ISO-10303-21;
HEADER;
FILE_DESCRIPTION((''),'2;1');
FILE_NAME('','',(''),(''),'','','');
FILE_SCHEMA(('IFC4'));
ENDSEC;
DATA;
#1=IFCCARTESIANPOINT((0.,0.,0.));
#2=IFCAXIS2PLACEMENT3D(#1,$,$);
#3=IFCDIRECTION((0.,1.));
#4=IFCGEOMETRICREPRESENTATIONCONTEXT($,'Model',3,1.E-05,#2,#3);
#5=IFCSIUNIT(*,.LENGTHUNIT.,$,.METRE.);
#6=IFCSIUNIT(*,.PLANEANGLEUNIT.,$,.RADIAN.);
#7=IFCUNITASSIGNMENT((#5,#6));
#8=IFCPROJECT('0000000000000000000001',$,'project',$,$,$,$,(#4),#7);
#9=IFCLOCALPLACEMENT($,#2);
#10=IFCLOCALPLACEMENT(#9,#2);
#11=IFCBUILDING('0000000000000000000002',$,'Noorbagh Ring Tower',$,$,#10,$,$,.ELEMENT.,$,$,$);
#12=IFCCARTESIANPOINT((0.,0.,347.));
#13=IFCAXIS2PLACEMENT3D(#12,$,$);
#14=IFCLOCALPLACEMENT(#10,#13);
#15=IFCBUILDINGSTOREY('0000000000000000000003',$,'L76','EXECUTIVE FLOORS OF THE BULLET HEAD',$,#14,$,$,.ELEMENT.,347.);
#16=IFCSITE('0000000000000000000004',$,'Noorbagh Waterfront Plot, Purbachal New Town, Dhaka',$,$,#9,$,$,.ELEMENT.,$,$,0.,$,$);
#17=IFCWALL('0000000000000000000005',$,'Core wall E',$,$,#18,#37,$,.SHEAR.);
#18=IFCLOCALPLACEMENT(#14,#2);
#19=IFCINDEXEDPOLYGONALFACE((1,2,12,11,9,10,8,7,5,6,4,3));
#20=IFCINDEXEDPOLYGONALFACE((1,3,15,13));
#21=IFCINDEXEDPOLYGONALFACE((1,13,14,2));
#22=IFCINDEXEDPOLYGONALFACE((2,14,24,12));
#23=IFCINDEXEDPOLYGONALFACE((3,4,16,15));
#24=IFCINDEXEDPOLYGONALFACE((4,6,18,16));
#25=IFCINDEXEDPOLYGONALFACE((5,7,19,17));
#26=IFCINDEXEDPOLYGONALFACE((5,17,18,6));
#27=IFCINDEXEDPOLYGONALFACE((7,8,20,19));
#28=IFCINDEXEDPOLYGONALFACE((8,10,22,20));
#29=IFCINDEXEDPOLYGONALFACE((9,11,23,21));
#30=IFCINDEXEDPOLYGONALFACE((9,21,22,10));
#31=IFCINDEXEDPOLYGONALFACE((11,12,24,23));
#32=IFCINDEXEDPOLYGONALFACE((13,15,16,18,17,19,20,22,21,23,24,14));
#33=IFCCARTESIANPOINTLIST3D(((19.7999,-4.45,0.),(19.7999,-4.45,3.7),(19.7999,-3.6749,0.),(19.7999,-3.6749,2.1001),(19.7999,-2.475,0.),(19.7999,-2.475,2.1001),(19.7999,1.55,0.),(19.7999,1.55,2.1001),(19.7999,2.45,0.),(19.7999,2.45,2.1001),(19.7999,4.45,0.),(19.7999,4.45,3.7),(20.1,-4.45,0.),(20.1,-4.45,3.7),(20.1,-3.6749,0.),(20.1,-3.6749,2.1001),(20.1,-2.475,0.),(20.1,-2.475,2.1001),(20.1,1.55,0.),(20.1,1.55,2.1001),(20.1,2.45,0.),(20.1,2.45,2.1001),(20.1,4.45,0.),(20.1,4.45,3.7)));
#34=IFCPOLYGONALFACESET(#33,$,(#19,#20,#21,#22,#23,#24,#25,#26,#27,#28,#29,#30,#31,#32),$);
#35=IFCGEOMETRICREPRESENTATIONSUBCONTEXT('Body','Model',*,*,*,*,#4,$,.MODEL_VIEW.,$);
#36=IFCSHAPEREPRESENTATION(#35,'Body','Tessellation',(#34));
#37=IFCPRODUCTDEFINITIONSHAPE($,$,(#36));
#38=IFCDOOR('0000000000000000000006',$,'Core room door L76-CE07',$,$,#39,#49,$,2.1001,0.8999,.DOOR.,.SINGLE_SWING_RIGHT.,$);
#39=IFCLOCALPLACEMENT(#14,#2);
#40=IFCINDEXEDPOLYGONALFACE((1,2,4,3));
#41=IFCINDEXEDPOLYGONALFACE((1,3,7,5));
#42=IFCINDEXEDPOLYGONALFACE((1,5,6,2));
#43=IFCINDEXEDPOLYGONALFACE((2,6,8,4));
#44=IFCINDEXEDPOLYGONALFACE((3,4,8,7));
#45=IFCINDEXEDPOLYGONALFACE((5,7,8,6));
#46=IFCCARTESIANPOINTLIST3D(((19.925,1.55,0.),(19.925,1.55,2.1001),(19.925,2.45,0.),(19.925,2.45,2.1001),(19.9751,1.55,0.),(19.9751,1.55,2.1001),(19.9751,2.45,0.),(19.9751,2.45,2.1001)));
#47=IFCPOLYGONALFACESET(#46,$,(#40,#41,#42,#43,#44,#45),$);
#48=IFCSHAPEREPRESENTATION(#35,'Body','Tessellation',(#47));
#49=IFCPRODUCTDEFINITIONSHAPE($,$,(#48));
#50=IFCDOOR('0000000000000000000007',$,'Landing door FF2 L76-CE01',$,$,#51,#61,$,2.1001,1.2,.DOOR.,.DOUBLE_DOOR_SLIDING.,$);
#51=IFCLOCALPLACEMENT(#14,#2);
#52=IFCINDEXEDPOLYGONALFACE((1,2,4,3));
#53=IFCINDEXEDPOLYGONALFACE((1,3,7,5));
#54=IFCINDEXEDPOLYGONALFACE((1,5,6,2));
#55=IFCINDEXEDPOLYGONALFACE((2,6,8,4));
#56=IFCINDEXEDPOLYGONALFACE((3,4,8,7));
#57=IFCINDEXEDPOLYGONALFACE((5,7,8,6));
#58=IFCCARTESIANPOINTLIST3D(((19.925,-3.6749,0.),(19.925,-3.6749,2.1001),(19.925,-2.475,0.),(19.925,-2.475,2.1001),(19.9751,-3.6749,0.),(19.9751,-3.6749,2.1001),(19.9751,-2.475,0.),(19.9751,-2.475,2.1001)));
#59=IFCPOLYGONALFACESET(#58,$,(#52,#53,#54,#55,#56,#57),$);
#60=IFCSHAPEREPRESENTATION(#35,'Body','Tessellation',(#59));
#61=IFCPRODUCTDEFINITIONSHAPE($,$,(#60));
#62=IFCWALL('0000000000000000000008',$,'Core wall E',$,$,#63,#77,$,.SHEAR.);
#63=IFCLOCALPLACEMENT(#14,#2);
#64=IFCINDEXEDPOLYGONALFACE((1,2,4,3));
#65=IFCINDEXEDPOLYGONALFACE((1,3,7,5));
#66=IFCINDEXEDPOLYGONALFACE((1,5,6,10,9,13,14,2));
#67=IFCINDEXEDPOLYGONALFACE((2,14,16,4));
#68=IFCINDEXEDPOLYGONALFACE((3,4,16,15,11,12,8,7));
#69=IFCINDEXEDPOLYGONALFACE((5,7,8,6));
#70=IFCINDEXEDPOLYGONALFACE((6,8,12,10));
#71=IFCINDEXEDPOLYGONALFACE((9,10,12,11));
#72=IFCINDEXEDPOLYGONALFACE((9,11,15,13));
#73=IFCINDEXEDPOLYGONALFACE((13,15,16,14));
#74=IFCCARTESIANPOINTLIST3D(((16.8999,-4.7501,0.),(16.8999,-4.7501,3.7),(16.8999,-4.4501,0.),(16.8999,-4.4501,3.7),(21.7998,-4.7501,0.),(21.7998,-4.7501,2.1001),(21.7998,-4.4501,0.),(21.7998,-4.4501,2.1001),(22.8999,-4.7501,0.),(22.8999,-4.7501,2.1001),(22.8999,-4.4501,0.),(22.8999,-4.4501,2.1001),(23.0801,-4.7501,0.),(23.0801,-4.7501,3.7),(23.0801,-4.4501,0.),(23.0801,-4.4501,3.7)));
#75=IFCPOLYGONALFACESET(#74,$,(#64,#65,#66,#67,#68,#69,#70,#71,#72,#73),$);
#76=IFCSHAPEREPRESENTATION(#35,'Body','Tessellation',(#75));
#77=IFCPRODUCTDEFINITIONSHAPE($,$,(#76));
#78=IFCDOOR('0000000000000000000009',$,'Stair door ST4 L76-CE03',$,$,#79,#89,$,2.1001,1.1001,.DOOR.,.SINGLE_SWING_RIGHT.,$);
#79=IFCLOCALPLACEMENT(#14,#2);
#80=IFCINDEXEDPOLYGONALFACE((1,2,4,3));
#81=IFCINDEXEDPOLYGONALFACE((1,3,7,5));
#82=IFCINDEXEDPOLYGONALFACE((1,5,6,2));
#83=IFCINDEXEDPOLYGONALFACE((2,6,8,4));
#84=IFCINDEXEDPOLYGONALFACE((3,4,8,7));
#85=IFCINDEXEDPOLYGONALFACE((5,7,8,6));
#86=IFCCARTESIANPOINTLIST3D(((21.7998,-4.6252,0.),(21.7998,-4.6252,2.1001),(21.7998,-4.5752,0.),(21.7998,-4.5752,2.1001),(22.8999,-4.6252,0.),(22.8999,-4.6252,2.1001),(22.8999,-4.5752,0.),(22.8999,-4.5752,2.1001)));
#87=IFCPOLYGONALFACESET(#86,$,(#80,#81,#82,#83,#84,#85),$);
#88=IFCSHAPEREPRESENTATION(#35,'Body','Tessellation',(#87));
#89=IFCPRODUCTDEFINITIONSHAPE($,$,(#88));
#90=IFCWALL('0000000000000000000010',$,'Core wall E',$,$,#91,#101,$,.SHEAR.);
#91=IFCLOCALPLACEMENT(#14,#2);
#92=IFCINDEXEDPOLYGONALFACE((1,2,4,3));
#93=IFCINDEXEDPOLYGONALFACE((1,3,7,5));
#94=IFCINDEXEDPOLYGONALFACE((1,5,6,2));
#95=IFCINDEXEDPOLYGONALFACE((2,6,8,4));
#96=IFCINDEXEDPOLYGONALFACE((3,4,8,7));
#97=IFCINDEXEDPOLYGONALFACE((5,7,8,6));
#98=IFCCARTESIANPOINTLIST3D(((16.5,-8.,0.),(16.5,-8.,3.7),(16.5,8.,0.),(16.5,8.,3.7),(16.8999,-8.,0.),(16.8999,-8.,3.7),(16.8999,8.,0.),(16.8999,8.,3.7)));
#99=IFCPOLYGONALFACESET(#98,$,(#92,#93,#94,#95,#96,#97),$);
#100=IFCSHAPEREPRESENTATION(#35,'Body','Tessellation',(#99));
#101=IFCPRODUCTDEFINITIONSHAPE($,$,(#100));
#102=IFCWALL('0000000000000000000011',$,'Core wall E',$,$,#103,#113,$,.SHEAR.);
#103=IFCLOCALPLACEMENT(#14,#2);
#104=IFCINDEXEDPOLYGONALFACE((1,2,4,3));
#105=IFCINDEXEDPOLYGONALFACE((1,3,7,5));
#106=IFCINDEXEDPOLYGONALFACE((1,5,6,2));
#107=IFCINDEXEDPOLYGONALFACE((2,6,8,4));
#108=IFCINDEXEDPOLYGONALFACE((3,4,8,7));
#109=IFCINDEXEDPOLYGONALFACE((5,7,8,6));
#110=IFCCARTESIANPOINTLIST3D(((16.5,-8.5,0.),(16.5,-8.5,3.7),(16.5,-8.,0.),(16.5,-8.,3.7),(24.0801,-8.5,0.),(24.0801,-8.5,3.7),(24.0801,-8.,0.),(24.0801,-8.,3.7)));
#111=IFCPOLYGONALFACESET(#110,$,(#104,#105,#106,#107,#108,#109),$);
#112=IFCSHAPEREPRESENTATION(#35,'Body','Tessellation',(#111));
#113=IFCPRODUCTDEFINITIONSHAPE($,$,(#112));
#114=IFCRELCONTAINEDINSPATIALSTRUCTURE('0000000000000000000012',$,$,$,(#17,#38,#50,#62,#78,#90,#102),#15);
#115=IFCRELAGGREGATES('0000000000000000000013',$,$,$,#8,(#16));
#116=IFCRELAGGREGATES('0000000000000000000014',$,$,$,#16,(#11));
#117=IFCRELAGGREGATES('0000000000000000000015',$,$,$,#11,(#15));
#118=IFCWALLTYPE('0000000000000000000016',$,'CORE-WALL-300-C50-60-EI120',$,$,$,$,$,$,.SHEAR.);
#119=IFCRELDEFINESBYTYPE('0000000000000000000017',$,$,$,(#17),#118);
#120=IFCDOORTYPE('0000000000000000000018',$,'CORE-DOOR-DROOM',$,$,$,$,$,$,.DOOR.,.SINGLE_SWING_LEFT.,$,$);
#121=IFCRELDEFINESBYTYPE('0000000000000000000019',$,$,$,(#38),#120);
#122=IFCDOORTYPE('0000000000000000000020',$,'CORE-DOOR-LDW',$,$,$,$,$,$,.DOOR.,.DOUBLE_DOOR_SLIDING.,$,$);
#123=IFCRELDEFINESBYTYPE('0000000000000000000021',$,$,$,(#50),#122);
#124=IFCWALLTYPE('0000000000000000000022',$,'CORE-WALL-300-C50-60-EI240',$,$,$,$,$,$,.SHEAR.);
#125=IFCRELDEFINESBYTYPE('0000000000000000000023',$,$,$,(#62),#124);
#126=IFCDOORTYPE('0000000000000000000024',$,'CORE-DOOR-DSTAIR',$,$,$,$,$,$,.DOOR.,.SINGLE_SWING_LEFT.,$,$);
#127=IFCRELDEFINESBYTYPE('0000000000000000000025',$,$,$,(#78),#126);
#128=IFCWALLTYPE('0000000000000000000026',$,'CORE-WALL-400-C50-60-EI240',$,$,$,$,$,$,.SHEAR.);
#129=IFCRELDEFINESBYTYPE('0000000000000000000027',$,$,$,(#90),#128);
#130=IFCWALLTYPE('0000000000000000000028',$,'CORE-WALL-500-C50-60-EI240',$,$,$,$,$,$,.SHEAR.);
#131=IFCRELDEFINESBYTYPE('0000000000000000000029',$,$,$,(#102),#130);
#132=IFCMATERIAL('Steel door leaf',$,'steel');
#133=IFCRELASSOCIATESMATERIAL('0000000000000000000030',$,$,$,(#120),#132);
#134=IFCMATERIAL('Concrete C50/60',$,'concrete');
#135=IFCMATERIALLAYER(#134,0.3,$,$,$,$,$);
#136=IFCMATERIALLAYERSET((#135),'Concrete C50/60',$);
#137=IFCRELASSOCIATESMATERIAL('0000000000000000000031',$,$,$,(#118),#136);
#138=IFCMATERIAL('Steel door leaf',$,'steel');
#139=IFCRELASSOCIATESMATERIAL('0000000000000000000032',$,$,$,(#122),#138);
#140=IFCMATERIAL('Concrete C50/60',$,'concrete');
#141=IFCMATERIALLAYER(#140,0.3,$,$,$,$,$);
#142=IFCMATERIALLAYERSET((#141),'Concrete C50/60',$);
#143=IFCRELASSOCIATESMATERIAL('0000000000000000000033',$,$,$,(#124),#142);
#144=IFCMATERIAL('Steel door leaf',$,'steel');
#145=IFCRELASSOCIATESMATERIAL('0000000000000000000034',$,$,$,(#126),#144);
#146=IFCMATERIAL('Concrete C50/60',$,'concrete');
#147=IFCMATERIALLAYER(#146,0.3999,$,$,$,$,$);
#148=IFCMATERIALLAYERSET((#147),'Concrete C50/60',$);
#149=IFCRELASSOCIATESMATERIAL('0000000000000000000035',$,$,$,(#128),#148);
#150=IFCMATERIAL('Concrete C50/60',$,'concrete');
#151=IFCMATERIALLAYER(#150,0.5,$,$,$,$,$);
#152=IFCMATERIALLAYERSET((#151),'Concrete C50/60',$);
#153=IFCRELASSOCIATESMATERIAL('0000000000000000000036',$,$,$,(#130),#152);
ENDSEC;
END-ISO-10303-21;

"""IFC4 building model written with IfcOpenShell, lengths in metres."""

from ifc_helpers import new_model, si_unit, direction, frame, frame_2d, origin, place, context, subcontext, project, spatial, rectangle, extrude, material, layer, layer_set, type_object, element, fill, save


model = new_model("IFC4")

# Units and contexts
model_context = context("Model", 3, precision=1e-05, world=origin(), true_north=direction((0.0, 1.0)))
body_context = subcontext(model_context, "Body", "Model", "MODEL_VIEW")
ifc_project = project(units=[si_unit("LENGTHUNIT", "METRE"), si_unit("PLANEANGLEUNIT", "RADIAN")], contexts=[model_context])

# Site, building, storey
site_placement = place(None, origin())
site = spatial("IfcSite", under=ifc_project, at=site_placement, Name="Noorbagh Waterfront Plot, Purbachal New Town, Dhaka", CompositionType="ELEMENT", RefElevation=0.0)
building_placement = place(site_placement, origin())
building = spatial("IfcBuilding", under=site, at=building_placement, Name="Noorbagh Ring Tower", CompositionType="ELEMENT")
storey_placement = place(building_placement, frame((0.0, 0.0, 347.0)))
storey = spatial("IfcBuildingStorey", under=building, at=storey_placement, Name="L76", Description="EXECUTIVE FLOORS OF THE BULLET HEAD", CompositionType="ELEMENT", Elevation=347.0)

# Shared definitions
ifc_material_1 = material(Name="Steel door leaf", Category="steel")
door_type_1 = type_object("IfcDoorType", Name="CORE-DOOR-DROOM", OperationType="SINGLE_SWING_LEFT", PredefinedType="DOOR", material=ifc_material_1)

# Wall, openings, doors
ifc_material_2 = material(Name="Concrete C50/60", Category="concrete")
ifc_layer_1 = layer(ifc_material_2, 0.3)
ifc_layer_set_1 = layer_set([ifc_layer_1], Name="Concrete C50/60")
wall_type_1 = type_object("IfcWallType", Name="CORE-WALL-300-C50-60-EI120", PredefinedType="SHEAR", material=ifc_layer_set_1)
wall_1_placement = place(storey_placement, frame((19.95, -4.45, 0.0), z_axis=(0.0, 0.0, 1.0), x_axis=(0.0, 1.0, 0.0)))
wall_1 = element("IfcWall", 1, at=wall_1_placement, inside=storey, type_object=wall_type_1, Name="Core wall E", PredefinedType="SHEAR", context=body_context, shape_type="SweptSolid", body=[
    extrude(rectangle(XDim=8.8999, YDim=0.3, at=frame_2d((4.45, 0.0))), origin(), (0.0, 0.0, 1.0), 3.7),
])
opening_1_placement = place(wall_1_placement, frame((0.7749, 0.0, 0.0)))
opening_1 = element("IfcOpeningElement", 2, at=opening_1_placement, cuts=wall_1, PredefinedType="OPENING", context=body_context, shape_type="SweptSolid", body=[
    extrude(rectangle(XDim=1.2, YDim=2.1001, at=frame_2d((0.6001, 1.05))), frame((0.0, 0.1602, 0.0), z_axis=(0.0, -1.0, 0.0), x_axis=(1.0, 0.0, 0.0)), (0.0, 0.0, 1.0), 0.3201),
])
opening_2_placement = place(wall_1_placement, frame((6.0, 0.0, 0.0)))
opening_2 = element("IfcOpeningElement", 3, at=opening_2_placement, cuts=wall_1, PredefinedType="OPENING", context=body_context, shape_type="SweptSolid", body=[
    extrude(rectangle(XDim=0.8999, YDim=2.1001, at=frame_2d((0.45, 1.05))), frame((0.0, 0.1602, 0.0), z_axis=(0.0, -1.0, 0.0), x_axis=(1.0, 0.0, 0.0)), (0.0, 0.0, 1.0), 0.3201),
])
door_1_placement = place(opening_2_placement, origin())
door_1 = element("IfcDoor", 4, at=door_1_placement, inside=storey, type_object=door_type_1, Name="Core room door L76-CE07", OperationType="SINGLE_SWING_RIGHT", OverallHeight=2.1001, OverallWidth=0.8999, PredefinedType="DOOR", context=body_context, shape_type="SweptSolid", body=[
    extrude(rectangle(XDim=0.8999, YDim=2.1001, at=frame_2d((0.45, 1.05))), frame((0.0, 0.0249, 0.0), z_axis=(0.0, -1.0, 0.0), x_axis=(1.0, 0.0, 0.0)), (0.0, 0.0, 1.0), 0.05),
])
fill(opening_2, door_1)
ifc_material_3 = material(Name="Steel door leaf", Category="steel")
door_type_2 = type_object("IfcDoorType", Name="CORE-DOOR-LDW", OperationType="DOUBLE_DOOR_SLIDING", PredefinedType="DOOR", material=ifc_material_3)
door_2_placement = place(opening_1_placement, origin())
door_2 = element("IfcDoor", 5, at=door_2_placement, inside=storey, type_object=door_type_2, Name="Landing door FF2 L76-CE01", OperationType="DOUBLE_DOOR_SLIDING", OverallHeight=2.1001, OverallWidth=1.2, PredefinedType="DOOR", context=body_context, shape_type="SweptSolid", body=[
    extrude(rectangle(XDim=1.2, YDim=2.1001, at=frame_2d((0.6001, 1.05))), frame((0.0, 0.0249, 0.0), z_axis=(0.0, -1.0, 0.0), x_axis=(1.0, 0.0, 0.0)), (0.0, 0.0, 1.0), 0.05),
])
fill(opening_1, door_2)

# Wall, opening, door
ifc_material_4 = material(Name="Concrete C50/60", Category="concrete")
ifc_layer_2 = layer(ifc_material_4, 0.3)
ifc_layer_set_2 = layer_set([ifc_layer_2], Name="Concrete C50/60")
wall_type_2 = type_object("IfcWallType", Name="CORE-WALL-300-C50-60-EI240", PredefinedType="SHEAR", material=ifc_layer_set_2)
wall_2_placement = place(storey_placement, frame((16.8999, -4.6001, 0.0), z_axis=(0.0, 0.0, 1.0), x_axis=(1.0, 0.0, 0.0)))
wall_2 = element("IfcWall", 6, at=wall_2_placement, inside=storey, type_object=wall_type_2, Name="Core wall E", PredefinedType="SHEAR", context=body_context, shape_type="SweptSolid", body=[
    extrude(rectangle(XDim=6.1802, YDim=0.3, at=frame_2d((3.0901, 0.0))), origin(), (0.0, 0.0, 1.0), 3.7),
])
opening_3_placement = place(wall_2_placement, frame((4.8999, 0.0, 0.0)))
opening_3 = element("IfcOpeningElement", 7, at=opening_3_placement, cuts=wall_2, PredefinedType="OPENING", context=body_context, shape_type="SweptSolid", body=[
    extrude(rectangle(XDim=1.1001, YDim=2.1001, at=frame_2d((0.55, 1.05))), frame((0.0, 0.1602, 0.0), z_axis=(0.0, -1.0, 0.0), x_axis=(1.0, 0.0, 0.0)), (0.0, 0.0, 1.0), 0.3201),
])
ifc_material_5 = material(Name="Steel door leaf", Category="steel")
door_type_3 = type_object("IfcDoorType", Name="CORE-DOOR-DSTAIR", OperationType="SINGLE_SWING_LEFT", PredefinedType="DOOR", material=ifc_material_5)
door_3_placement = place(opening_3_placement, origin())
door_3 = element("IfcDoor", 8, at=door_3_placement, inside=storey, type_object=door_type_3, Name="Stair door ST4 L76-CE03", OperationType="SINGLE_SWING_RIGHT", OverallHeight=2.1001, OverallWidth=1.1001, PredefinedType="DOOR", context=body_context, shape_type="SweptSolid", body=[
    extrude(rectangle(XDim=1.1001, YDim=2.1001, at=frame_2d((0.55, 1.05))), frame((0.0, 0.0249, 0.0), z_axis=(0.0, -1.0, 0.0), x_axis=(1.0, 0.0, 0.0)), (0.0, 0.0, 1.0), 0.05),
])
fill(opening_3, door_3)

# Walls
ifc_material_6 = material(Name="Concrete C50/60", Category="concrete")
ifc_layer_3 = layer(ifc_material_6, 0.3999)
ifc_layer_set_3 = layer_set([ifc_layer_3], Name="Concrete C50/60")
wall_type_3 = type_object("IfcWallType", Name="CORE-WALL-400-C50-60-EI240", PredefinedType="SHEAR", material=ifc_layer_set_3)
wall_3_placement = place(storey_placement, frame((16.7, -8.0, 0.0), z_axis=(0.0, 0.0, 1.0), x_axis=(0.0, 1.0, 0.0)))
element("IfcWall", 9, at=wall_3_placement, inside=storey, type_object=wall_type_3, Name="Core wall E", PredefinedType="SHEAR", context=body_context, shape_type="SweptSolid", body=[
    extrude(rectangle(XDim=16.0, YDim=0.3999, at=frame_2d((8.0, 0.0))), origin(), (0.0, 0.0, 1.0), 3.7),
])
ifc_material_7 = material(Name="Concrete C50/60", Category="concrete")
ifc_layer_4 = layer(ifc_material_7, 0.5)
ifc_layer_set_4 = layer_set([ifc_layer_4], Name="Concrete C50/60")
wall_type_4 = type_object("IfcWallType", Name="CORE-WALL-500-C50-60-EI240", PredefinedType="SHEAR", material=ifc_layer_set_4)
wall_4_placement = place(storey_placement, frame((16.5, -8.25, 0.0), z_axis=(0.0, 0.0, 1.0), x_axis=(1.0, 0.0, 0.0)))
element("IfcWall", 10, at=wall_4_placement, inside=storey, type_object=wall_type_4, Name="Core wall E", PredefinedType="SHEAR", context=body_context, shape_type="SweptSolid", body=[
    extrude(rectangle(XDim=7.5801, YDim=0.5, at=frame_2d((3.79, 0.0))), origin(), (0.0, 0.0, 1.0), 3.7),
])

save(model, "model.ifc")
